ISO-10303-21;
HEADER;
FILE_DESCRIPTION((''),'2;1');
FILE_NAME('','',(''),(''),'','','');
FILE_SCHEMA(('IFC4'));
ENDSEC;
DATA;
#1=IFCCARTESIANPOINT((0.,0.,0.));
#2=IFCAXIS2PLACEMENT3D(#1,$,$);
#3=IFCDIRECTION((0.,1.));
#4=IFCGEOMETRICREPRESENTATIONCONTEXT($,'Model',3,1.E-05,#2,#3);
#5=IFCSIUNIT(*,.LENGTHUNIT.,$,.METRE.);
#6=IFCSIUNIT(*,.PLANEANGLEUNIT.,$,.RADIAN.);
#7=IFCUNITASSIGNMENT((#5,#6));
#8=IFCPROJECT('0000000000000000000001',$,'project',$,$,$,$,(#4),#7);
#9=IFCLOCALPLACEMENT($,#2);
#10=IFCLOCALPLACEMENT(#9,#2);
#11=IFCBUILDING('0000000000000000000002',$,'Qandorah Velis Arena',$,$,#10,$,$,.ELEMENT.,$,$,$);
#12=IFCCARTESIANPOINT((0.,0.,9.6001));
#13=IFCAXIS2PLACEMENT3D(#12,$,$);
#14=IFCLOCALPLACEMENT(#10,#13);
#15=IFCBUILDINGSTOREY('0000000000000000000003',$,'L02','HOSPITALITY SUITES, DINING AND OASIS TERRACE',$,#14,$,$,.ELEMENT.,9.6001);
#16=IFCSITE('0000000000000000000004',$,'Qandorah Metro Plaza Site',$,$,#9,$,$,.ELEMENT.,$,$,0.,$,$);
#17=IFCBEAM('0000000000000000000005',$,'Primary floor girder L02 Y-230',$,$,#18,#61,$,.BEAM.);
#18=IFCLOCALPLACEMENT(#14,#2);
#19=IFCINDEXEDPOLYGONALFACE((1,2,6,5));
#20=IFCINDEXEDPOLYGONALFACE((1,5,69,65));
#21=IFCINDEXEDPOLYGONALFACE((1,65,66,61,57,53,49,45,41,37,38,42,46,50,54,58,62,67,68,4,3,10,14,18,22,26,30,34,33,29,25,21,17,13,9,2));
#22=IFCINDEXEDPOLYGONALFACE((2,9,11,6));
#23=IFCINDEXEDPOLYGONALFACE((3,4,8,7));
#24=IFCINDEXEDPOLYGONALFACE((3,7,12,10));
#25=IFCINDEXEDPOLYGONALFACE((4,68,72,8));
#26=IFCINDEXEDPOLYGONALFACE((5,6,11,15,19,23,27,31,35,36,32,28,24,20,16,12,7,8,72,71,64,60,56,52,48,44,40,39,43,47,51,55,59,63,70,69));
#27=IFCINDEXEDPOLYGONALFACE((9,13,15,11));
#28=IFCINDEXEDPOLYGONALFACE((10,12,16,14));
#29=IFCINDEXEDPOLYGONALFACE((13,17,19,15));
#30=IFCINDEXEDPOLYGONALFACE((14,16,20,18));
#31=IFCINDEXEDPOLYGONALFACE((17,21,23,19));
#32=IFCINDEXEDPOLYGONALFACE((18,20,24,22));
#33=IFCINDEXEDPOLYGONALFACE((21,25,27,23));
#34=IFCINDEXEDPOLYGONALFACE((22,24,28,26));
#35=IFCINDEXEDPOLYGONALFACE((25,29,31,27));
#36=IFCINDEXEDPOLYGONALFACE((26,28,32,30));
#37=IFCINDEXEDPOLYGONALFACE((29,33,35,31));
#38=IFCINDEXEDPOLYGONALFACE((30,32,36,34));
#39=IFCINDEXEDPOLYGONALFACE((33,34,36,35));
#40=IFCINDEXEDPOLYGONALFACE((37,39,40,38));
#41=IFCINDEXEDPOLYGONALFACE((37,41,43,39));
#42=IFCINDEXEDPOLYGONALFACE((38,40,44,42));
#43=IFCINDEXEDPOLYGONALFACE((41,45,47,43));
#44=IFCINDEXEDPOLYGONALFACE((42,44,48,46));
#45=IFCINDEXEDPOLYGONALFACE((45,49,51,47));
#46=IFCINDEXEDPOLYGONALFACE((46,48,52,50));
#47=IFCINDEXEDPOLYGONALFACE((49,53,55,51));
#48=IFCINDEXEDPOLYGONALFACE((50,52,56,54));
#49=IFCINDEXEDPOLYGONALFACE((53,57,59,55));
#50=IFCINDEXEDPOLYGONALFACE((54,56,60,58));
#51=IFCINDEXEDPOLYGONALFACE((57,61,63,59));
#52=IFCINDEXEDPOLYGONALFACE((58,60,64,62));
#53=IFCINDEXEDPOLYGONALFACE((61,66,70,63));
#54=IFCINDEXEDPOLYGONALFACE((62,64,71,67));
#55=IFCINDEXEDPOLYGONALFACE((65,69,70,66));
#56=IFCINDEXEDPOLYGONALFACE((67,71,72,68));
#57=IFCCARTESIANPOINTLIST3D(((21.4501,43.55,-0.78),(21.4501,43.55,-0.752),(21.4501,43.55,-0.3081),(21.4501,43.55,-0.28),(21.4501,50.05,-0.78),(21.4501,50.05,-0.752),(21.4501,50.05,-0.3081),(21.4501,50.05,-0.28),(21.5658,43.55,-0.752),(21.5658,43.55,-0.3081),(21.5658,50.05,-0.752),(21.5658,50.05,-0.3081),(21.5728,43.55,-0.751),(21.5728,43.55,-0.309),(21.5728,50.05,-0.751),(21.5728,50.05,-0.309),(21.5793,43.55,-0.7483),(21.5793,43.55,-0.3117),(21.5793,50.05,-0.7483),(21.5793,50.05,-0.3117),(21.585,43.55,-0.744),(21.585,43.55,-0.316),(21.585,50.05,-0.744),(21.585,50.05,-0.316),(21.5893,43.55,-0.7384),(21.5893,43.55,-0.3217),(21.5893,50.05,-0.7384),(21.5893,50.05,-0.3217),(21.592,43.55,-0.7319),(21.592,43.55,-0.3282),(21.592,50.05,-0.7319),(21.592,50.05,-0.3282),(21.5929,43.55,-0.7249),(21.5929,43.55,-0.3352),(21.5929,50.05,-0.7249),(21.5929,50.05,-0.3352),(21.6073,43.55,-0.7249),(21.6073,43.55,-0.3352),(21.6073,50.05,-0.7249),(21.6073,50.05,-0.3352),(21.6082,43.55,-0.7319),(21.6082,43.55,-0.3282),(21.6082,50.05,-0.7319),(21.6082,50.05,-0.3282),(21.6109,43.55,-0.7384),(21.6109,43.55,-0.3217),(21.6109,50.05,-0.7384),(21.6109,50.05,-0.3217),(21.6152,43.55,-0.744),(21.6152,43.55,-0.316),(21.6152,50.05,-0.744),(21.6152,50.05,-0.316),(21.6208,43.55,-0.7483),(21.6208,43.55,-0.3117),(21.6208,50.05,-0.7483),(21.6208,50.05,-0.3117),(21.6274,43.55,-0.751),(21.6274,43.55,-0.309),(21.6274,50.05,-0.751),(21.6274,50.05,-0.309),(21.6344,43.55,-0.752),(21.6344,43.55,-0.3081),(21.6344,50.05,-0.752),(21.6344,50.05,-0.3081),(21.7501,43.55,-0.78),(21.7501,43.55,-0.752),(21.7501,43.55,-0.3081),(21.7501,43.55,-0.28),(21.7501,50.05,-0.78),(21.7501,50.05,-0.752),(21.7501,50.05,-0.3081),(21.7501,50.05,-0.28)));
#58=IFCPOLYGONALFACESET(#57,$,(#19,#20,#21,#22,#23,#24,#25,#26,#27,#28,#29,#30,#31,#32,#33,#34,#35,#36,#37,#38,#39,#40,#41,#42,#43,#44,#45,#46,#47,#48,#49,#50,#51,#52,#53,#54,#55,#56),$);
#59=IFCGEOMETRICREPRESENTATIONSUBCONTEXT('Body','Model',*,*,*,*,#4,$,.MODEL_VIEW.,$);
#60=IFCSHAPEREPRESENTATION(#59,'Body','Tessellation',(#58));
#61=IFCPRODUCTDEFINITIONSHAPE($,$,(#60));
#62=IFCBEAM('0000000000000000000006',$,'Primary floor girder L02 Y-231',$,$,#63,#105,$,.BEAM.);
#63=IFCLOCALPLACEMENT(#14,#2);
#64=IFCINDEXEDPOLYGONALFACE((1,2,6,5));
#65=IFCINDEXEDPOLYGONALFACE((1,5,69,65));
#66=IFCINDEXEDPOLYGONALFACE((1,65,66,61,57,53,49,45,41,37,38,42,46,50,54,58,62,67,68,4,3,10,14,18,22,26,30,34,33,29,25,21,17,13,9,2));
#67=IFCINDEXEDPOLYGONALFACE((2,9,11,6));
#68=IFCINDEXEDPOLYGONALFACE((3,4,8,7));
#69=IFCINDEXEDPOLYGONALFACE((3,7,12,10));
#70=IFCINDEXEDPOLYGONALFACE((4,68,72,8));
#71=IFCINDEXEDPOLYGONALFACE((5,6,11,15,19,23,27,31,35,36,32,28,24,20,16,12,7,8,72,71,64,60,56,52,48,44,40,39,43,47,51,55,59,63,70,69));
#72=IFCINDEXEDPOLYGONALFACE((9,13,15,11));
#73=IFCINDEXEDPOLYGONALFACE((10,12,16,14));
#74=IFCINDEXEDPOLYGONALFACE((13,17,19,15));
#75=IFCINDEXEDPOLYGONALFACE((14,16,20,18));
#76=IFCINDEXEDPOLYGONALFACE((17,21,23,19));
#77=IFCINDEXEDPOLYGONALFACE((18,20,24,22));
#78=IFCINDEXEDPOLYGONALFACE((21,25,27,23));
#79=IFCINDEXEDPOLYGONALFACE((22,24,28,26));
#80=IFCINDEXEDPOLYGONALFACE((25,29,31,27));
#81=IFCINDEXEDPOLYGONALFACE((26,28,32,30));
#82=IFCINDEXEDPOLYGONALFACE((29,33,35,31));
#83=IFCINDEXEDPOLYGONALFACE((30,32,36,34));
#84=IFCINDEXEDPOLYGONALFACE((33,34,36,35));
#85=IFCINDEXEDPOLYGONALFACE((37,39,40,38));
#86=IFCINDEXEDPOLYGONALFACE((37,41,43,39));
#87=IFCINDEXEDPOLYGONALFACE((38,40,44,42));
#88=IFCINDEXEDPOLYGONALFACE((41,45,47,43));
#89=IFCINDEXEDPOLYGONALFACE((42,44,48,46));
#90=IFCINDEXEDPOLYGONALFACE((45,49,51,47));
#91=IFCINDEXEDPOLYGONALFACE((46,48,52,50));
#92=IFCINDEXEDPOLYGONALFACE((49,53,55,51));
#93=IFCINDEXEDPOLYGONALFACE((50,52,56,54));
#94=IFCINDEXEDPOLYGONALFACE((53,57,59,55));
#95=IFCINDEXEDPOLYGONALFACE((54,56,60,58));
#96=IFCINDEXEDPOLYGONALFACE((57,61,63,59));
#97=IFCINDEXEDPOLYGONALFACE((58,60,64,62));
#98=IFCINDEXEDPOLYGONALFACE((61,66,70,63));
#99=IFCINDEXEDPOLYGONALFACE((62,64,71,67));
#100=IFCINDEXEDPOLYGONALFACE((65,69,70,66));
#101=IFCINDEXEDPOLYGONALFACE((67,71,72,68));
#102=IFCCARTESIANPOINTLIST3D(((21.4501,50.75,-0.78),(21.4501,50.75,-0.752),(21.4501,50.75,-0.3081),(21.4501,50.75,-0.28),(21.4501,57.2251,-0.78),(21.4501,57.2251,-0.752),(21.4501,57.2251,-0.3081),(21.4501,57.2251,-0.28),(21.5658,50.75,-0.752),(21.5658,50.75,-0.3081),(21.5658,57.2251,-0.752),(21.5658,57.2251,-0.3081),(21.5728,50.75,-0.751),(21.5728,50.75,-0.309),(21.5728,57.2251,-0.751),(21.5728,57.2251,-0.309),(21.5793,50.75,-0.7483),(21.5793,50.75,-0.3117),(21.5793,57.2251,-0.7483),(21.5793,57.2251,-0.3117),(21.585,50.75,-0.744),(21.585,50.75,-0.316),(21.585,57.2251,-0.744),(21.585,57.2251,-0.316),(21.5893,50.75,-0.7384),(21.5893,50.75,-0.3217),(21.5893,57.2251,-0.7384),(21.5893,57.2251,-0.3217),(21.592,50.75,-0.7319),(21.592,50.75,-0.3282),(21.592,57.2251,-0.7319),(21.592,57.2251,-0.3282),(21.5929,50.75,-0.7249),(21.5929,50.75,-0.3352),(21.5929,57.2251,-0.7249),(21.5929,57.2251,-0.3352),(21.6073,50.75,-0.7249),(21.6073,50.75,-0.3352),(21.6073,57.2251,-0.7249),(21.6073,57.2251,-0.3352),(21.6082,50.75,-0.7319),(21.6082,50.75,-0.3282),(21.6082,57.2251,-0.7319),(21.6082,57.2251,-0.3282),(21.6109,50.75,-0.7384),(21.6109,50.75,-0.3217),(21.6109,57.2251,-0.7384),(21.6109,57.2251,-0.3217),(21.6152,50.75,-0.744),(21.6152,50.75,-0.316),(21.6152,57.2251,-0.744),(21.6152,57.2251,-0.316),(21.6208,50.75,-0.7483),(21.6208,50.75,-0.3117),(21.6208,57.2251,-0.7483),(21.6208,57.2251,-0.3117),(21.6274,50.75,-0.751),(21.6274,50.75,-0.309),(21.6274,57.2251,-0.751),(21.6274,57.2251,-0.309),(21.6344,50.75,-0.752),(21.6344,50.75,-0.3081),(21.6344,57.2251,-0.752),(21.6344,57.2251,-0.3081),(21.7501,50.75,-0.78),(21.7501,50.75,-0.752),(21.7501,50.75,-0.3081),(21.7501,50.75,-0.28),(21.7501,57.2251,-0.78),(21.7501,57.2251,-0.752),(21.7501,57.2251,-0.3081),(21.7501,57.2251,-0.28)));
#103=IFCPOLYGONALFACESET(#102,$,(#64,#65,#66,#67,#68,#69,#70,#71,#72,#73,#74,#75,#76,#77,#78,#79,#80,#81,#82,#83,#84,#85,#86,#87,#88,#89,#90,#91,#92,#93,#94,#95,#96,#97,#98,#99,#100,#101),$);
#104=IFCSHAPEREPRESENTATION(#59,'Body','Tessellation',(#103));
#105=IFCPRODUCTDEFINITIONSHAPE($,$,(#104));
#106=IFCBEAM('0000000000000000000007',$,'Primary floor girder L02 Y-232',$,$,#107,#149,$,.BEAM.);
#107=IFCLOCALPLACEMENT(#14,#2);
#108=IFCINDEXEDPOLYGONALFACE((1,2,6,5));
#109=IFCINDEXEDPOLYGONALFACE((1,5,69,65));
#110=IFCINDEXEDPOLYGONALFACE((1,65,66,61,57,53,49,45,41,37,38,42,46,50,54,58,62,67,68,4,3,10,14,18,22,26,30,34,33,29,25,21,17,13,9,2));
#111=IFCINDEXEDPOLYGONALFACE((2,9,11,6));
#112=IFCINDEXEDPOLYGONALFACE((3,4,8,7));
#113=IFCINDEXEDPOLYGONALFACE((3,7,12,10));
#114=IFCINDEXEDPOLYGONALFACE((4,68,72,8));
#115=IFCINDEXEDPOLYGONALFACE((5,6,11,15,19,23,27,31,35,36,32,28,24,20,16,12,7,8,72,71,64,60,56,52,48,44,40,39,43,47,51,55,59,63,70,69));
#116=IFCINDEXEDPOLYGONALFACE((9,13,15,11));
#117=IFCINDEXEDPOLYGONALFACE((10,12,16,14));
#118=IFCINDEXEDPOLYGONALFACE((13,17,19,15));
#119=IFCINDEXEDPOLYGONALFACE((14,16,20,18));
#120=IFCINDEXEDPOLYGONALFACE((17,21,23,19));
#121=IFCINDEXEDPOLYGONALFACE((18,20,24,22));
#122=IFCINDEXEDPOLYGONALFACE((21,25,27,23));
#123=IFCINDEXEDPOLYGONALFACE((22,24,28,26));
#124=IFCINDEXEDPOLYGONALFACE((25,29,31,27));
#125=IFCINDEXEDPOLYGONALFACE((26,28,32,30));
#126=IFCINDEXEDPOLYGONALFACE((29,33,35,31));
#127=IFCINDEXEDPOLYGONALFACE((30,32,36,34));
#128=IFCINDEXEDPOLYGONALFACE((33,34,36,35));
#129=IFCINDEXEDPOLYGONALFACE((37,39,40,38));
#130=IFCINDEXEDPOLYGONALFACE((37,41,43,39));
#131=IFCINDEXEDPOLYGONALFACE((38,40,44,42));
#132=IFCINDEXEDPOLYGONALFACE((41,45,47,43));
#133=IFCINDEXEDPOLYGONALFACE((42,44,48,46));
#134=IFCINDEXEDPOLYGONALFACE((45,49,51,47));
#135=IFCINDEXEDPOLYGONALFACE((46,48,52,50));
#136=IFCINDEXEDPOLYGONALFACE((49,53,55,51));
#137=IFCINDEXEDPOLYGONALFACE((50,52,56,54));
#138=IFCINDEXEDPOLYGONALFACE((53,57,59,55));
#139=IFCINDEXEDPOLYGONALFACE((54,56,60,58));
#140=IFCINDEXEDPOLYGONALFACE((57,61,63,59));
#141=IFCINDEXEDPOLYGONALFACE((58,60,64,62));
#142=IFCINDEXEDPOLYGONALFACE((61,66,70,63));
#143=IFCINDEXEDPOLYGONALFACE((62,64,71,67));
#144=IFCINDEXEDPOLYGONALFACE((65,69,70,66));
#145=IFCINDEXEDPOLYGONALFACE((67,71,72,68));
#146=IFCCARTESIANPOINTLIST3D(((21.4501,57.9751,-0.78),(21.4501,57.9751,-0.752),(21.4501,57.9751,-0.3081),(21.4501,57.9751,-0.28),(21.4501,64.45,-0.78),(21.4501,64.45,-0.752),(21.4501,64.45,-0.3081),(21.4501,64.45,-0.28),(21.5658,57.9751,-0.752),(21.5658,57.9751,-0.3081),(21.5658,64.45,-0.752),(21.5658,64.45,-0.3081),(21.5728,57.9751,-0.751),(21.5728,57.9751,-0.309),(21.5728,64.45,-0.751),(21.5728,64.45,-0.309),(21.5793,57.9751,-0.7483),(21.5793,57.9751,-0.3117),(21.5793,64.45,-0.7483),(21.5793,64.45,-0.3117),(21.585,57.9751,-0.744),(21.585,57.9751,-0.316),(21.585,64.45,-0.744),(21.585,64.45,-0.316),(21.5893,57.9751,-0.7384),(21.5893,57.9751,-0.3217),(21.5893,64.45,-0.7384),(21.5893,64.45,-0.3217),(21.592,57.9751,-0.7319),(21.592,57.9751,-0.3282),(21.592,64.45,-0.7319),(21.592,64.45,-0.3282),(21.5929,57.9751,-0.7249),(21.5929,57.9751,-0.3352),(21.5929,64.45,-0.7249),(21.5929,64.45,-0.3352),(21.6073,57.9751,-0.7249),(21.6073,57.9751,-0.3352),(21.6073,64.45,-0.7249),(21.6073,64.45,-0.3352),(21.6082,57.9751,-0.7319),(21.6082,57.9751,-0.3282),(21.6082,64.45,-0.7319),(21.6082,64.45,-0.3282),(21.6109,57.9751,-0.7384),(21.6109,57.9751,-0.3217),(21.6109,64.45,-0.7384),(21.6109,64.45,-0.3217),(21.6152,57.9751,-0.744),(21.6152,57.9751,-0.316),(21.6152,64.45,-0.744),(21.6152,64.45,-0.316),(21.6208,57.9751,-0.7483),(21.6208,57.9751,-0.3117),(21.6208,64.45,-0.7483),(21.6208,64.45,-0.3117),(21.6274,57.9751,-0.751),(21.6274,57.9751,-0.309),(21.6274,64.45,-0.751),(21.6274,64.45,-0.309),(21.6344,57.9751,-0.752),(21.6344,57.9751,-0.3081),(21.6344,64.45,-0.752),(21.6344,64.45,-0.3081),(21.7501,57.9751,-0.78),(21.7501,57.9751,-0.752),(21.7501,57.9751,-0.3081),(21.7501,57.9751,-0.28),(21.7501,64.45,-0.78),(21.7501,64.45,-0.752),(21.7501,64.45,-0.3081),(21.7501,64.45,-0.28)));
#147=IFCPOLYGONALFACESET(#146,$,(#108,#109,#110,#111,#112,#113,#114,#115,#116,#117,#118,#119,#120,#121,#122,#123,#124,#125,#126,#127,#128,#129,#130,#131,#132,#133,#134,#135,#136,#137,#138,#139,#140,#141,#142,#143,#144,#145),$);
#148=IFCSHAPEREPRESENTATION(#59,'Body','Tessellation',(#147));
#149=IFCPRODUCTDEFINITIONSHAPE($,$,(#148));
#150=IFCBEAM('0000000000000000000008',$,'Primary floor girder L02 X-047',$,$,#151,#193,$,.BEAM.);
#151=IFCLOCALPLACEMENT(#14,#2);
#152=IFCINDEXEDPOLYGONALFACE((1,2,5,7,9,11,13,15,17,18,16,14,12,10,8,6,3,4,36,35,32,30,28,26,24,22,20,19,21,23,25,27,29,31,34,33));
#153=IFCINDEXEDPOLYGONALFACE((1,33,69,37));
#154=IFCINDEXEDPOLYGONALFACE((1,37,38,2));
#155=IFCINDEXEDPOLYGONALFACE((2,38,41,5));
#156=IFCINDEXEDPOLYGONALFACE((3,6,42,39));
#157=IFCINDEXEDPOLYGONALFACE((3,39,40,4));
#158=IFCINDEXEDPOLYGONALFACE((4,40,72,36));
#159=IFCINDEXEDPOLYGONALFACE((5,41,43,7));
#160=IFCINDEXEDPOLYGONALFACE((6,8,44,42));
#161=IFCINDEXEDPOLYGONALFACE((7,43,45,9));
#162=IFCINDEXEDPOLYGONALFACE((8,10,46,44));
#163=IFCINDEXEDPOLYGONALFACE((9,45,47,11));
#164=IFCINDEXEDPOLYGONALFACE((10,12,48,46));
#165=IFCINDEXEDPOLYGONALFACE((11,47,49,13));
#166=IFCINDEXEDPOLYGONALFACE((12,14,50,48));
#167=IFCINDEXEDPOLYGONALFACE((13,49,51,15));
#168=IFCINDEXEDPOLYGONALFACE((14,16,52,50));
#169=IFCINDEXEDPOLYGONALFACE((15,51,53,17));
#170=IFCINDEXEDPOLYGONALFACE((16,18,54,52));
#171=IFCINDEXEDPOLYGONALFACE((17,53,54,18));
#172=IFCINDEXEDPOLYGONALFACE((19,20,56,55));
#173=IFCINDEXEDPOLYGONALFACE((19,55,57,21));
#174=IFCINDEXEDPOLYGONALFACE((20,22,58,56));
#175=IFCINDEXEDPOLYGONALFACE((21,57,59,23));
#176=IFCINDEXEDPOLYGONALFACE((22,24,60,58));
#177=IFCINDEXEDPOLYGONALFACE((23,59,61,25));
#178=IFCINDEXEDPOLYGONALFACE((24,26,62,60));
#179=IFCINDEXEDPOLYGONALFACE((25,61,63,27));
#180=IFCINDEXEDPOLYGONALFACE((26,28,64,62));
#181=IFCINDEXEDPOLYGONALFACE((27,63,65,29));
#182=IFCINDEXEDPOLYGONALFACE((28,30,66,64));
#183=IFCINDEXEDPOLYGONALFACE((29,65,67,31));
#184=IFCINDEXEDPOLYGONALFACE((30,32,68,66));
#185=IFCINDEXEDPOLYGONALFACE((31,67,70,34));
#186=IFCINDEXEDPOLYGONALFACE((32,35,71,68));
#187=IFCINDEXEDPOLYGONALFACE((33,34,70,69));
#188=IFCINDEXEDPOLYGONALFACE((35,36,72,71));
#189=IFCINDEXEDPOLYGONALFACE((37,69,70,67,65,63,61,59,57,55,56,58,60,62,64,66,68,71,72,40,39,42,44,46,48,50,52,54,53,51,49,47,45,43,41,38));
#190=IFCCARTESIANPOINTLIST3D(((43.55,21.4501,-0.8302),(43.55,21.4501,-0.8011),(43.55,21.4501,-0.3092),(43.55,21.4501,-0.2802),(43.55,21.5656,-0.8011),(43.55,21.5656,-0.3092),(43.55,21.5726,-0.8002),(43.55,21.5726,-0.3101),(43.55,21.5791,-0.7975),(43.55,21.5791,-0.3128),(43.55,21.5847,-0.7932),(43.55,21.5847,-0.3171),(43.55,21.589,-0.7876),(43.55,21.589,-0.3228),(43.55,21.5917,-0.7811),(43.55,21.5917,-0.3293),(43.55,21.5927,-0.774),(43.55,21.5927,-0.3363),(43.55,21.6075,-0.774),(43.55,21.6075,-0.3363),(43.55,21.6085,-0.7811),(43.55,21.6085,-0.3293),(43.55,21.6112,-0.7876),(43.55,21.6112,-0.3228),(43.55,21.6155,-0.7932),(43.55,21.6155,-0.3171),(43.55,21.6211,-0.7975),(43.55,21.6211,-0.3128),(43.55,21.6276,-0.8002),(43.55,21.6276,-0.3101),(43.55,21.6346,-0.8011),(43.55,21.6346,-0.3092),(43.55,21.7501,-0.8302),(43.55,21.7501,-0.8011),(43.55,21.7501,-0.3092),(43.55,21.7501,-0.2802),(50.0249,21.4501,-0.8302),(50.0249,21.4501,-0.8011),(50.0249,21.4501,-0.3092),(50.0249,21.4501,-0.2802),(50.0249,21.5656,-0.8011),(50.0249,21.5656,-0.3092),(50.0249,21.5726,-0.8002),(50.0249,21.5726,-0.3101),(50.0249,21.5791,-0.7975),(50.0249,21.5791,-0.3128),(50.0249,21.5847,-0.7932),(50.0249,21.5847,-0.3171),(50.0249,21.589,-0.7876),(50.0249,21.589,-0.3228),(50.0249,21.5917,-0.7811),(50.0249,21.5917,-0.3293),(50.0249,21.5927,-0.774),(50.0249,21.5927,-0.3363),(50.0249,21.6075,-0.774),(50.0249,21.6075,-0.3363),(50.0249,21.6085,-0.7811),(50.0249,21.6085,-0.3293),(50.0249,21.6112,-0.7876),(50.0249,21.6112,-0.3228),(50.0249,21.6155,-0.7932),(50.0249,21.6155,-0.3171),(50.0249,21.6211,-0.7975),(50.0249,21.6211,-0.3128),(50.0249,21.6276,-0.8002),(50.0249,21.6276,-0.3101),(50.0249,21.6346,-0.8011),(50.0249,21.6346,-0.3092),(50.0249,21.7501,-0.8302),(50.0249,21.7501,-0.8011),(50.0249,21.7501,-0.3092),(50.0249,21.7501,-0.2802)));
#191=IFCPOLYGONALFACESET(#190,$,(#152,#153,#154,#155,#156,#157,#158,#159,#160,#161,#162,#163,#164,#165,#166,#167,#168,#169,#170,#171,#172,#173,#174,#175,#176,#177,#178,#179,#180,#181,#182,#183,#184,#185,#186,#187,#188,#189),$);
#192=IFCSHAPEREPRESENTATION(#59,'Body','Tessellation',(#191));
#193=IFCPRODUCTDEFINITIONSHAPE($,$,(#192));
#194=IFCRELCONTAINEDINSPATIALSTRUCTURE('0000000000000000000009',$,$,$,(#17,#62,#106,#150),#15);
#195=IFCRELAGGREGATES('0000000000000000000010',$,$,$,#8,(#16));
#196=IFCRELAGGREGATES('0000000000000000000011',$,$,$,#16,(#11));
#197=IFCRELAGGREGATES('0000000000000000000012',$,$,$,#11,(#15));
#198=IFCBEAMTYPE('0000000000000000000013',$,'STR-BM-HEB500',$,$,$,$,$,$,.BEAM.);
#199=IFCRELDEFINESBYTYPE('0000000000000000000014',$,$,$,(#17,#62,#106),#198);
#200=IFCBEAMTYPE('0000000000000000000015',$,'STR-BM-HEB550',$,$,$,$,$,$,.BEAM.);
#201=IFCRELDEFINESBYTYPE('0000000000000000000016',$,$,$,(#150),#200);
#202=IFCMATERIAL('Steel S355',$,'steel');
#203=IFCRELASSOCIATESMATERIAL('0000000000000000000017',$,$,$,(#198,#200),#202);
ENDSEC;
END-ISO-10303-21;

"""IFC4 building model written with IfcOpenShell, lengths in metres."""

from ifc_helpers import new_model, si_unit, direction, frame, origin, origin_2d, place, context, subcontext, project, spatial, i_section, extrude, material, material_profile, profile_set, type_object, element, save


model = new_model("IFC4")

# Units and contexts
model_context = context("Model", 3, precision=1e-05, world=origin(), true_north=direction((0.0, 1.0)))
body_context = subcontext(model_context, "Body", "Model", "MODEL_VIEW")
ifc_project = project(units=[si_unit("LENGTHUNIT", "METRE"), si_unit("PLANEANGLEUNIT", "RADIAN")], contexts=[model_context])

# Site, building, storey
site_placement = place(None, origin())
site = spatial("IfcSite", under=ifc_project, at=site_placement, Name="Qandorah Metro Plaza Site", CompositionType="ELEMENT", RefElevation=0.0)
building_placement = place(site_placement, origin())
building = spatial("IfcBuilding", under=site, at=building_placement, Name="Qandorah Velis Arena", CompositionType="ELEMENT")
storey_placement = place(building_placement, frame((0.0, 0.0, 9.6001)))
storey = spatial("IfcBuildingStorey", under=building, at=storey_placement, Name="L02", Description="HOSPITALITY SUITES, DINING AND OASIS TERRACE", CompositionType="ELEMENT", Elevation=9.6001)

# Shared definitions
ifc_material_1 = material(Name="Steel S355", Category="steel")

# Beams
ifc_material_profile_1 = material_profile(ifc_material_1, i_section(OverallWidth=0.3, OverallDepth=0.5, WebThickness=0.0144, FlangeThickness=0.0281, FilletRadius=0.0271, at=origin_2d()), Name="HEB 500")
ifc_profile_set_1 = profile_set([ifc_material_profile_1], Name="Steel S355")
beam_type_1 = type_object("IfcBeamType", Name="STR-BM-HEB500", PredefinedType="BEAM", material=ifc_profile_set_1)
beam_1_placement = place(storey_placement, frame((21.6001, 43.55, -0.53), z_axis=(0.0, 1.0, 0.0), x_axis=(-1.0, 0.0, 0.0)))
element("IfcBeam", 1, at=beam_1_placement, inside=storey, type_object=beam_type_1, Name="Primary floor girder L02 Y-230", PredefinedType="BEAM", context=body_context, shape_type="SweptSolid", body=[
    extrude(i_section(OverallWidth=0.3, OverallDepth=0.5, WebThickness=0.0144, FlangeThickness=0.0281, FilletRadius=0.0271, at=origin_2d()), origin(), (0.0, 0.0, 1.0), 6.5),
])
beam_2_placement = place(storey_placement, frame((21.6001, 50.75, -0.53), z_axis=(0.0, 1.0, 0.0), x_axis=(-1.0, 0.0, 0.0)))
element("IfcBeam", 2, at=beam_2_placement, inside=storey, type_object=beam_type_1, Name="Primary floor girder L02 Y-231", PredefinedType="BEAM", context=body_context, shape_type="SweptSolid", body=[
    extrude(i_section(OverallWidth=0.3, OverallDepth=0.5, WebThickness=0.0144, FlangeThickness=0.0281, FilletRadius=0.0271, at=origin_2d()), origin(), (0.0, 0.0, 1.0), 6.4751),
])
beam_3_placement = place(storey_placement, frame((21.6001, 57.9751, -0.53), z_axis=(0.0, 1.0, 0.0), x_axis=(-1.0, 0.0, 0.0)))
element("IfcBeam", 3, at=beam_3_placement, inside=storey, type_object=beam_type_1, Name="Primary floor girder L02 Y-232", PredefinedType="BEAM", context=body_context, shape_type="SweptSolid", body=[
    extrude(i_section(OverallWidth=0.3, OverallDepth=0.5, WebThickness=0.0144, FlangeThickness=0.0281, FilletRadius=0.0271, at=origin_2d()), origin(), (0.0, 0.0, 1.0), 6.4749),
])
ifc_material_profile_2 = material_profile(ifc_material_1, i_section(OverallWidth=0.3, OverallDepth=0.55, WebThickness=0.0149, FlangeThickness=0.0291, FilletRadius=0.0271, at=origin_2d()), Name="HEB 550")
ifc_profile_set_2 = profile_set([ifc_material_profile_2], Name="Steel S355")
beam_type_2 = type_object("IfcBeamType", Name="STR-BM-HEB550", PredefinedType="BEAM", material=ifc_profile_set_2)
beam_4_placement = place(storey_placement, frame((43.55, 21.6001, -0.5552), z_axis=(1.0, 0.0, 0.0), x_axis=(0.0, 1.0, 0.0)))
element("IfcBeam", 4, at=beam_4_placement, inside=storey, type_object=beam_type_2, Name="Primary floor girder L02 X-047", PredefinedType="BEAM", context=body_context, shape_type="SweptSolid", body=[
    extrude(i_section(OverallWidth=0.3, OverallDepth=0.55, WebThickness=0.0149, FlangeThickness=0.0291, FilletRadius=0.0271, at=origin_2d()), origin(), (0.0, 0.0, 1.0), 6.4749),
])

save(model, "model.ifc")
